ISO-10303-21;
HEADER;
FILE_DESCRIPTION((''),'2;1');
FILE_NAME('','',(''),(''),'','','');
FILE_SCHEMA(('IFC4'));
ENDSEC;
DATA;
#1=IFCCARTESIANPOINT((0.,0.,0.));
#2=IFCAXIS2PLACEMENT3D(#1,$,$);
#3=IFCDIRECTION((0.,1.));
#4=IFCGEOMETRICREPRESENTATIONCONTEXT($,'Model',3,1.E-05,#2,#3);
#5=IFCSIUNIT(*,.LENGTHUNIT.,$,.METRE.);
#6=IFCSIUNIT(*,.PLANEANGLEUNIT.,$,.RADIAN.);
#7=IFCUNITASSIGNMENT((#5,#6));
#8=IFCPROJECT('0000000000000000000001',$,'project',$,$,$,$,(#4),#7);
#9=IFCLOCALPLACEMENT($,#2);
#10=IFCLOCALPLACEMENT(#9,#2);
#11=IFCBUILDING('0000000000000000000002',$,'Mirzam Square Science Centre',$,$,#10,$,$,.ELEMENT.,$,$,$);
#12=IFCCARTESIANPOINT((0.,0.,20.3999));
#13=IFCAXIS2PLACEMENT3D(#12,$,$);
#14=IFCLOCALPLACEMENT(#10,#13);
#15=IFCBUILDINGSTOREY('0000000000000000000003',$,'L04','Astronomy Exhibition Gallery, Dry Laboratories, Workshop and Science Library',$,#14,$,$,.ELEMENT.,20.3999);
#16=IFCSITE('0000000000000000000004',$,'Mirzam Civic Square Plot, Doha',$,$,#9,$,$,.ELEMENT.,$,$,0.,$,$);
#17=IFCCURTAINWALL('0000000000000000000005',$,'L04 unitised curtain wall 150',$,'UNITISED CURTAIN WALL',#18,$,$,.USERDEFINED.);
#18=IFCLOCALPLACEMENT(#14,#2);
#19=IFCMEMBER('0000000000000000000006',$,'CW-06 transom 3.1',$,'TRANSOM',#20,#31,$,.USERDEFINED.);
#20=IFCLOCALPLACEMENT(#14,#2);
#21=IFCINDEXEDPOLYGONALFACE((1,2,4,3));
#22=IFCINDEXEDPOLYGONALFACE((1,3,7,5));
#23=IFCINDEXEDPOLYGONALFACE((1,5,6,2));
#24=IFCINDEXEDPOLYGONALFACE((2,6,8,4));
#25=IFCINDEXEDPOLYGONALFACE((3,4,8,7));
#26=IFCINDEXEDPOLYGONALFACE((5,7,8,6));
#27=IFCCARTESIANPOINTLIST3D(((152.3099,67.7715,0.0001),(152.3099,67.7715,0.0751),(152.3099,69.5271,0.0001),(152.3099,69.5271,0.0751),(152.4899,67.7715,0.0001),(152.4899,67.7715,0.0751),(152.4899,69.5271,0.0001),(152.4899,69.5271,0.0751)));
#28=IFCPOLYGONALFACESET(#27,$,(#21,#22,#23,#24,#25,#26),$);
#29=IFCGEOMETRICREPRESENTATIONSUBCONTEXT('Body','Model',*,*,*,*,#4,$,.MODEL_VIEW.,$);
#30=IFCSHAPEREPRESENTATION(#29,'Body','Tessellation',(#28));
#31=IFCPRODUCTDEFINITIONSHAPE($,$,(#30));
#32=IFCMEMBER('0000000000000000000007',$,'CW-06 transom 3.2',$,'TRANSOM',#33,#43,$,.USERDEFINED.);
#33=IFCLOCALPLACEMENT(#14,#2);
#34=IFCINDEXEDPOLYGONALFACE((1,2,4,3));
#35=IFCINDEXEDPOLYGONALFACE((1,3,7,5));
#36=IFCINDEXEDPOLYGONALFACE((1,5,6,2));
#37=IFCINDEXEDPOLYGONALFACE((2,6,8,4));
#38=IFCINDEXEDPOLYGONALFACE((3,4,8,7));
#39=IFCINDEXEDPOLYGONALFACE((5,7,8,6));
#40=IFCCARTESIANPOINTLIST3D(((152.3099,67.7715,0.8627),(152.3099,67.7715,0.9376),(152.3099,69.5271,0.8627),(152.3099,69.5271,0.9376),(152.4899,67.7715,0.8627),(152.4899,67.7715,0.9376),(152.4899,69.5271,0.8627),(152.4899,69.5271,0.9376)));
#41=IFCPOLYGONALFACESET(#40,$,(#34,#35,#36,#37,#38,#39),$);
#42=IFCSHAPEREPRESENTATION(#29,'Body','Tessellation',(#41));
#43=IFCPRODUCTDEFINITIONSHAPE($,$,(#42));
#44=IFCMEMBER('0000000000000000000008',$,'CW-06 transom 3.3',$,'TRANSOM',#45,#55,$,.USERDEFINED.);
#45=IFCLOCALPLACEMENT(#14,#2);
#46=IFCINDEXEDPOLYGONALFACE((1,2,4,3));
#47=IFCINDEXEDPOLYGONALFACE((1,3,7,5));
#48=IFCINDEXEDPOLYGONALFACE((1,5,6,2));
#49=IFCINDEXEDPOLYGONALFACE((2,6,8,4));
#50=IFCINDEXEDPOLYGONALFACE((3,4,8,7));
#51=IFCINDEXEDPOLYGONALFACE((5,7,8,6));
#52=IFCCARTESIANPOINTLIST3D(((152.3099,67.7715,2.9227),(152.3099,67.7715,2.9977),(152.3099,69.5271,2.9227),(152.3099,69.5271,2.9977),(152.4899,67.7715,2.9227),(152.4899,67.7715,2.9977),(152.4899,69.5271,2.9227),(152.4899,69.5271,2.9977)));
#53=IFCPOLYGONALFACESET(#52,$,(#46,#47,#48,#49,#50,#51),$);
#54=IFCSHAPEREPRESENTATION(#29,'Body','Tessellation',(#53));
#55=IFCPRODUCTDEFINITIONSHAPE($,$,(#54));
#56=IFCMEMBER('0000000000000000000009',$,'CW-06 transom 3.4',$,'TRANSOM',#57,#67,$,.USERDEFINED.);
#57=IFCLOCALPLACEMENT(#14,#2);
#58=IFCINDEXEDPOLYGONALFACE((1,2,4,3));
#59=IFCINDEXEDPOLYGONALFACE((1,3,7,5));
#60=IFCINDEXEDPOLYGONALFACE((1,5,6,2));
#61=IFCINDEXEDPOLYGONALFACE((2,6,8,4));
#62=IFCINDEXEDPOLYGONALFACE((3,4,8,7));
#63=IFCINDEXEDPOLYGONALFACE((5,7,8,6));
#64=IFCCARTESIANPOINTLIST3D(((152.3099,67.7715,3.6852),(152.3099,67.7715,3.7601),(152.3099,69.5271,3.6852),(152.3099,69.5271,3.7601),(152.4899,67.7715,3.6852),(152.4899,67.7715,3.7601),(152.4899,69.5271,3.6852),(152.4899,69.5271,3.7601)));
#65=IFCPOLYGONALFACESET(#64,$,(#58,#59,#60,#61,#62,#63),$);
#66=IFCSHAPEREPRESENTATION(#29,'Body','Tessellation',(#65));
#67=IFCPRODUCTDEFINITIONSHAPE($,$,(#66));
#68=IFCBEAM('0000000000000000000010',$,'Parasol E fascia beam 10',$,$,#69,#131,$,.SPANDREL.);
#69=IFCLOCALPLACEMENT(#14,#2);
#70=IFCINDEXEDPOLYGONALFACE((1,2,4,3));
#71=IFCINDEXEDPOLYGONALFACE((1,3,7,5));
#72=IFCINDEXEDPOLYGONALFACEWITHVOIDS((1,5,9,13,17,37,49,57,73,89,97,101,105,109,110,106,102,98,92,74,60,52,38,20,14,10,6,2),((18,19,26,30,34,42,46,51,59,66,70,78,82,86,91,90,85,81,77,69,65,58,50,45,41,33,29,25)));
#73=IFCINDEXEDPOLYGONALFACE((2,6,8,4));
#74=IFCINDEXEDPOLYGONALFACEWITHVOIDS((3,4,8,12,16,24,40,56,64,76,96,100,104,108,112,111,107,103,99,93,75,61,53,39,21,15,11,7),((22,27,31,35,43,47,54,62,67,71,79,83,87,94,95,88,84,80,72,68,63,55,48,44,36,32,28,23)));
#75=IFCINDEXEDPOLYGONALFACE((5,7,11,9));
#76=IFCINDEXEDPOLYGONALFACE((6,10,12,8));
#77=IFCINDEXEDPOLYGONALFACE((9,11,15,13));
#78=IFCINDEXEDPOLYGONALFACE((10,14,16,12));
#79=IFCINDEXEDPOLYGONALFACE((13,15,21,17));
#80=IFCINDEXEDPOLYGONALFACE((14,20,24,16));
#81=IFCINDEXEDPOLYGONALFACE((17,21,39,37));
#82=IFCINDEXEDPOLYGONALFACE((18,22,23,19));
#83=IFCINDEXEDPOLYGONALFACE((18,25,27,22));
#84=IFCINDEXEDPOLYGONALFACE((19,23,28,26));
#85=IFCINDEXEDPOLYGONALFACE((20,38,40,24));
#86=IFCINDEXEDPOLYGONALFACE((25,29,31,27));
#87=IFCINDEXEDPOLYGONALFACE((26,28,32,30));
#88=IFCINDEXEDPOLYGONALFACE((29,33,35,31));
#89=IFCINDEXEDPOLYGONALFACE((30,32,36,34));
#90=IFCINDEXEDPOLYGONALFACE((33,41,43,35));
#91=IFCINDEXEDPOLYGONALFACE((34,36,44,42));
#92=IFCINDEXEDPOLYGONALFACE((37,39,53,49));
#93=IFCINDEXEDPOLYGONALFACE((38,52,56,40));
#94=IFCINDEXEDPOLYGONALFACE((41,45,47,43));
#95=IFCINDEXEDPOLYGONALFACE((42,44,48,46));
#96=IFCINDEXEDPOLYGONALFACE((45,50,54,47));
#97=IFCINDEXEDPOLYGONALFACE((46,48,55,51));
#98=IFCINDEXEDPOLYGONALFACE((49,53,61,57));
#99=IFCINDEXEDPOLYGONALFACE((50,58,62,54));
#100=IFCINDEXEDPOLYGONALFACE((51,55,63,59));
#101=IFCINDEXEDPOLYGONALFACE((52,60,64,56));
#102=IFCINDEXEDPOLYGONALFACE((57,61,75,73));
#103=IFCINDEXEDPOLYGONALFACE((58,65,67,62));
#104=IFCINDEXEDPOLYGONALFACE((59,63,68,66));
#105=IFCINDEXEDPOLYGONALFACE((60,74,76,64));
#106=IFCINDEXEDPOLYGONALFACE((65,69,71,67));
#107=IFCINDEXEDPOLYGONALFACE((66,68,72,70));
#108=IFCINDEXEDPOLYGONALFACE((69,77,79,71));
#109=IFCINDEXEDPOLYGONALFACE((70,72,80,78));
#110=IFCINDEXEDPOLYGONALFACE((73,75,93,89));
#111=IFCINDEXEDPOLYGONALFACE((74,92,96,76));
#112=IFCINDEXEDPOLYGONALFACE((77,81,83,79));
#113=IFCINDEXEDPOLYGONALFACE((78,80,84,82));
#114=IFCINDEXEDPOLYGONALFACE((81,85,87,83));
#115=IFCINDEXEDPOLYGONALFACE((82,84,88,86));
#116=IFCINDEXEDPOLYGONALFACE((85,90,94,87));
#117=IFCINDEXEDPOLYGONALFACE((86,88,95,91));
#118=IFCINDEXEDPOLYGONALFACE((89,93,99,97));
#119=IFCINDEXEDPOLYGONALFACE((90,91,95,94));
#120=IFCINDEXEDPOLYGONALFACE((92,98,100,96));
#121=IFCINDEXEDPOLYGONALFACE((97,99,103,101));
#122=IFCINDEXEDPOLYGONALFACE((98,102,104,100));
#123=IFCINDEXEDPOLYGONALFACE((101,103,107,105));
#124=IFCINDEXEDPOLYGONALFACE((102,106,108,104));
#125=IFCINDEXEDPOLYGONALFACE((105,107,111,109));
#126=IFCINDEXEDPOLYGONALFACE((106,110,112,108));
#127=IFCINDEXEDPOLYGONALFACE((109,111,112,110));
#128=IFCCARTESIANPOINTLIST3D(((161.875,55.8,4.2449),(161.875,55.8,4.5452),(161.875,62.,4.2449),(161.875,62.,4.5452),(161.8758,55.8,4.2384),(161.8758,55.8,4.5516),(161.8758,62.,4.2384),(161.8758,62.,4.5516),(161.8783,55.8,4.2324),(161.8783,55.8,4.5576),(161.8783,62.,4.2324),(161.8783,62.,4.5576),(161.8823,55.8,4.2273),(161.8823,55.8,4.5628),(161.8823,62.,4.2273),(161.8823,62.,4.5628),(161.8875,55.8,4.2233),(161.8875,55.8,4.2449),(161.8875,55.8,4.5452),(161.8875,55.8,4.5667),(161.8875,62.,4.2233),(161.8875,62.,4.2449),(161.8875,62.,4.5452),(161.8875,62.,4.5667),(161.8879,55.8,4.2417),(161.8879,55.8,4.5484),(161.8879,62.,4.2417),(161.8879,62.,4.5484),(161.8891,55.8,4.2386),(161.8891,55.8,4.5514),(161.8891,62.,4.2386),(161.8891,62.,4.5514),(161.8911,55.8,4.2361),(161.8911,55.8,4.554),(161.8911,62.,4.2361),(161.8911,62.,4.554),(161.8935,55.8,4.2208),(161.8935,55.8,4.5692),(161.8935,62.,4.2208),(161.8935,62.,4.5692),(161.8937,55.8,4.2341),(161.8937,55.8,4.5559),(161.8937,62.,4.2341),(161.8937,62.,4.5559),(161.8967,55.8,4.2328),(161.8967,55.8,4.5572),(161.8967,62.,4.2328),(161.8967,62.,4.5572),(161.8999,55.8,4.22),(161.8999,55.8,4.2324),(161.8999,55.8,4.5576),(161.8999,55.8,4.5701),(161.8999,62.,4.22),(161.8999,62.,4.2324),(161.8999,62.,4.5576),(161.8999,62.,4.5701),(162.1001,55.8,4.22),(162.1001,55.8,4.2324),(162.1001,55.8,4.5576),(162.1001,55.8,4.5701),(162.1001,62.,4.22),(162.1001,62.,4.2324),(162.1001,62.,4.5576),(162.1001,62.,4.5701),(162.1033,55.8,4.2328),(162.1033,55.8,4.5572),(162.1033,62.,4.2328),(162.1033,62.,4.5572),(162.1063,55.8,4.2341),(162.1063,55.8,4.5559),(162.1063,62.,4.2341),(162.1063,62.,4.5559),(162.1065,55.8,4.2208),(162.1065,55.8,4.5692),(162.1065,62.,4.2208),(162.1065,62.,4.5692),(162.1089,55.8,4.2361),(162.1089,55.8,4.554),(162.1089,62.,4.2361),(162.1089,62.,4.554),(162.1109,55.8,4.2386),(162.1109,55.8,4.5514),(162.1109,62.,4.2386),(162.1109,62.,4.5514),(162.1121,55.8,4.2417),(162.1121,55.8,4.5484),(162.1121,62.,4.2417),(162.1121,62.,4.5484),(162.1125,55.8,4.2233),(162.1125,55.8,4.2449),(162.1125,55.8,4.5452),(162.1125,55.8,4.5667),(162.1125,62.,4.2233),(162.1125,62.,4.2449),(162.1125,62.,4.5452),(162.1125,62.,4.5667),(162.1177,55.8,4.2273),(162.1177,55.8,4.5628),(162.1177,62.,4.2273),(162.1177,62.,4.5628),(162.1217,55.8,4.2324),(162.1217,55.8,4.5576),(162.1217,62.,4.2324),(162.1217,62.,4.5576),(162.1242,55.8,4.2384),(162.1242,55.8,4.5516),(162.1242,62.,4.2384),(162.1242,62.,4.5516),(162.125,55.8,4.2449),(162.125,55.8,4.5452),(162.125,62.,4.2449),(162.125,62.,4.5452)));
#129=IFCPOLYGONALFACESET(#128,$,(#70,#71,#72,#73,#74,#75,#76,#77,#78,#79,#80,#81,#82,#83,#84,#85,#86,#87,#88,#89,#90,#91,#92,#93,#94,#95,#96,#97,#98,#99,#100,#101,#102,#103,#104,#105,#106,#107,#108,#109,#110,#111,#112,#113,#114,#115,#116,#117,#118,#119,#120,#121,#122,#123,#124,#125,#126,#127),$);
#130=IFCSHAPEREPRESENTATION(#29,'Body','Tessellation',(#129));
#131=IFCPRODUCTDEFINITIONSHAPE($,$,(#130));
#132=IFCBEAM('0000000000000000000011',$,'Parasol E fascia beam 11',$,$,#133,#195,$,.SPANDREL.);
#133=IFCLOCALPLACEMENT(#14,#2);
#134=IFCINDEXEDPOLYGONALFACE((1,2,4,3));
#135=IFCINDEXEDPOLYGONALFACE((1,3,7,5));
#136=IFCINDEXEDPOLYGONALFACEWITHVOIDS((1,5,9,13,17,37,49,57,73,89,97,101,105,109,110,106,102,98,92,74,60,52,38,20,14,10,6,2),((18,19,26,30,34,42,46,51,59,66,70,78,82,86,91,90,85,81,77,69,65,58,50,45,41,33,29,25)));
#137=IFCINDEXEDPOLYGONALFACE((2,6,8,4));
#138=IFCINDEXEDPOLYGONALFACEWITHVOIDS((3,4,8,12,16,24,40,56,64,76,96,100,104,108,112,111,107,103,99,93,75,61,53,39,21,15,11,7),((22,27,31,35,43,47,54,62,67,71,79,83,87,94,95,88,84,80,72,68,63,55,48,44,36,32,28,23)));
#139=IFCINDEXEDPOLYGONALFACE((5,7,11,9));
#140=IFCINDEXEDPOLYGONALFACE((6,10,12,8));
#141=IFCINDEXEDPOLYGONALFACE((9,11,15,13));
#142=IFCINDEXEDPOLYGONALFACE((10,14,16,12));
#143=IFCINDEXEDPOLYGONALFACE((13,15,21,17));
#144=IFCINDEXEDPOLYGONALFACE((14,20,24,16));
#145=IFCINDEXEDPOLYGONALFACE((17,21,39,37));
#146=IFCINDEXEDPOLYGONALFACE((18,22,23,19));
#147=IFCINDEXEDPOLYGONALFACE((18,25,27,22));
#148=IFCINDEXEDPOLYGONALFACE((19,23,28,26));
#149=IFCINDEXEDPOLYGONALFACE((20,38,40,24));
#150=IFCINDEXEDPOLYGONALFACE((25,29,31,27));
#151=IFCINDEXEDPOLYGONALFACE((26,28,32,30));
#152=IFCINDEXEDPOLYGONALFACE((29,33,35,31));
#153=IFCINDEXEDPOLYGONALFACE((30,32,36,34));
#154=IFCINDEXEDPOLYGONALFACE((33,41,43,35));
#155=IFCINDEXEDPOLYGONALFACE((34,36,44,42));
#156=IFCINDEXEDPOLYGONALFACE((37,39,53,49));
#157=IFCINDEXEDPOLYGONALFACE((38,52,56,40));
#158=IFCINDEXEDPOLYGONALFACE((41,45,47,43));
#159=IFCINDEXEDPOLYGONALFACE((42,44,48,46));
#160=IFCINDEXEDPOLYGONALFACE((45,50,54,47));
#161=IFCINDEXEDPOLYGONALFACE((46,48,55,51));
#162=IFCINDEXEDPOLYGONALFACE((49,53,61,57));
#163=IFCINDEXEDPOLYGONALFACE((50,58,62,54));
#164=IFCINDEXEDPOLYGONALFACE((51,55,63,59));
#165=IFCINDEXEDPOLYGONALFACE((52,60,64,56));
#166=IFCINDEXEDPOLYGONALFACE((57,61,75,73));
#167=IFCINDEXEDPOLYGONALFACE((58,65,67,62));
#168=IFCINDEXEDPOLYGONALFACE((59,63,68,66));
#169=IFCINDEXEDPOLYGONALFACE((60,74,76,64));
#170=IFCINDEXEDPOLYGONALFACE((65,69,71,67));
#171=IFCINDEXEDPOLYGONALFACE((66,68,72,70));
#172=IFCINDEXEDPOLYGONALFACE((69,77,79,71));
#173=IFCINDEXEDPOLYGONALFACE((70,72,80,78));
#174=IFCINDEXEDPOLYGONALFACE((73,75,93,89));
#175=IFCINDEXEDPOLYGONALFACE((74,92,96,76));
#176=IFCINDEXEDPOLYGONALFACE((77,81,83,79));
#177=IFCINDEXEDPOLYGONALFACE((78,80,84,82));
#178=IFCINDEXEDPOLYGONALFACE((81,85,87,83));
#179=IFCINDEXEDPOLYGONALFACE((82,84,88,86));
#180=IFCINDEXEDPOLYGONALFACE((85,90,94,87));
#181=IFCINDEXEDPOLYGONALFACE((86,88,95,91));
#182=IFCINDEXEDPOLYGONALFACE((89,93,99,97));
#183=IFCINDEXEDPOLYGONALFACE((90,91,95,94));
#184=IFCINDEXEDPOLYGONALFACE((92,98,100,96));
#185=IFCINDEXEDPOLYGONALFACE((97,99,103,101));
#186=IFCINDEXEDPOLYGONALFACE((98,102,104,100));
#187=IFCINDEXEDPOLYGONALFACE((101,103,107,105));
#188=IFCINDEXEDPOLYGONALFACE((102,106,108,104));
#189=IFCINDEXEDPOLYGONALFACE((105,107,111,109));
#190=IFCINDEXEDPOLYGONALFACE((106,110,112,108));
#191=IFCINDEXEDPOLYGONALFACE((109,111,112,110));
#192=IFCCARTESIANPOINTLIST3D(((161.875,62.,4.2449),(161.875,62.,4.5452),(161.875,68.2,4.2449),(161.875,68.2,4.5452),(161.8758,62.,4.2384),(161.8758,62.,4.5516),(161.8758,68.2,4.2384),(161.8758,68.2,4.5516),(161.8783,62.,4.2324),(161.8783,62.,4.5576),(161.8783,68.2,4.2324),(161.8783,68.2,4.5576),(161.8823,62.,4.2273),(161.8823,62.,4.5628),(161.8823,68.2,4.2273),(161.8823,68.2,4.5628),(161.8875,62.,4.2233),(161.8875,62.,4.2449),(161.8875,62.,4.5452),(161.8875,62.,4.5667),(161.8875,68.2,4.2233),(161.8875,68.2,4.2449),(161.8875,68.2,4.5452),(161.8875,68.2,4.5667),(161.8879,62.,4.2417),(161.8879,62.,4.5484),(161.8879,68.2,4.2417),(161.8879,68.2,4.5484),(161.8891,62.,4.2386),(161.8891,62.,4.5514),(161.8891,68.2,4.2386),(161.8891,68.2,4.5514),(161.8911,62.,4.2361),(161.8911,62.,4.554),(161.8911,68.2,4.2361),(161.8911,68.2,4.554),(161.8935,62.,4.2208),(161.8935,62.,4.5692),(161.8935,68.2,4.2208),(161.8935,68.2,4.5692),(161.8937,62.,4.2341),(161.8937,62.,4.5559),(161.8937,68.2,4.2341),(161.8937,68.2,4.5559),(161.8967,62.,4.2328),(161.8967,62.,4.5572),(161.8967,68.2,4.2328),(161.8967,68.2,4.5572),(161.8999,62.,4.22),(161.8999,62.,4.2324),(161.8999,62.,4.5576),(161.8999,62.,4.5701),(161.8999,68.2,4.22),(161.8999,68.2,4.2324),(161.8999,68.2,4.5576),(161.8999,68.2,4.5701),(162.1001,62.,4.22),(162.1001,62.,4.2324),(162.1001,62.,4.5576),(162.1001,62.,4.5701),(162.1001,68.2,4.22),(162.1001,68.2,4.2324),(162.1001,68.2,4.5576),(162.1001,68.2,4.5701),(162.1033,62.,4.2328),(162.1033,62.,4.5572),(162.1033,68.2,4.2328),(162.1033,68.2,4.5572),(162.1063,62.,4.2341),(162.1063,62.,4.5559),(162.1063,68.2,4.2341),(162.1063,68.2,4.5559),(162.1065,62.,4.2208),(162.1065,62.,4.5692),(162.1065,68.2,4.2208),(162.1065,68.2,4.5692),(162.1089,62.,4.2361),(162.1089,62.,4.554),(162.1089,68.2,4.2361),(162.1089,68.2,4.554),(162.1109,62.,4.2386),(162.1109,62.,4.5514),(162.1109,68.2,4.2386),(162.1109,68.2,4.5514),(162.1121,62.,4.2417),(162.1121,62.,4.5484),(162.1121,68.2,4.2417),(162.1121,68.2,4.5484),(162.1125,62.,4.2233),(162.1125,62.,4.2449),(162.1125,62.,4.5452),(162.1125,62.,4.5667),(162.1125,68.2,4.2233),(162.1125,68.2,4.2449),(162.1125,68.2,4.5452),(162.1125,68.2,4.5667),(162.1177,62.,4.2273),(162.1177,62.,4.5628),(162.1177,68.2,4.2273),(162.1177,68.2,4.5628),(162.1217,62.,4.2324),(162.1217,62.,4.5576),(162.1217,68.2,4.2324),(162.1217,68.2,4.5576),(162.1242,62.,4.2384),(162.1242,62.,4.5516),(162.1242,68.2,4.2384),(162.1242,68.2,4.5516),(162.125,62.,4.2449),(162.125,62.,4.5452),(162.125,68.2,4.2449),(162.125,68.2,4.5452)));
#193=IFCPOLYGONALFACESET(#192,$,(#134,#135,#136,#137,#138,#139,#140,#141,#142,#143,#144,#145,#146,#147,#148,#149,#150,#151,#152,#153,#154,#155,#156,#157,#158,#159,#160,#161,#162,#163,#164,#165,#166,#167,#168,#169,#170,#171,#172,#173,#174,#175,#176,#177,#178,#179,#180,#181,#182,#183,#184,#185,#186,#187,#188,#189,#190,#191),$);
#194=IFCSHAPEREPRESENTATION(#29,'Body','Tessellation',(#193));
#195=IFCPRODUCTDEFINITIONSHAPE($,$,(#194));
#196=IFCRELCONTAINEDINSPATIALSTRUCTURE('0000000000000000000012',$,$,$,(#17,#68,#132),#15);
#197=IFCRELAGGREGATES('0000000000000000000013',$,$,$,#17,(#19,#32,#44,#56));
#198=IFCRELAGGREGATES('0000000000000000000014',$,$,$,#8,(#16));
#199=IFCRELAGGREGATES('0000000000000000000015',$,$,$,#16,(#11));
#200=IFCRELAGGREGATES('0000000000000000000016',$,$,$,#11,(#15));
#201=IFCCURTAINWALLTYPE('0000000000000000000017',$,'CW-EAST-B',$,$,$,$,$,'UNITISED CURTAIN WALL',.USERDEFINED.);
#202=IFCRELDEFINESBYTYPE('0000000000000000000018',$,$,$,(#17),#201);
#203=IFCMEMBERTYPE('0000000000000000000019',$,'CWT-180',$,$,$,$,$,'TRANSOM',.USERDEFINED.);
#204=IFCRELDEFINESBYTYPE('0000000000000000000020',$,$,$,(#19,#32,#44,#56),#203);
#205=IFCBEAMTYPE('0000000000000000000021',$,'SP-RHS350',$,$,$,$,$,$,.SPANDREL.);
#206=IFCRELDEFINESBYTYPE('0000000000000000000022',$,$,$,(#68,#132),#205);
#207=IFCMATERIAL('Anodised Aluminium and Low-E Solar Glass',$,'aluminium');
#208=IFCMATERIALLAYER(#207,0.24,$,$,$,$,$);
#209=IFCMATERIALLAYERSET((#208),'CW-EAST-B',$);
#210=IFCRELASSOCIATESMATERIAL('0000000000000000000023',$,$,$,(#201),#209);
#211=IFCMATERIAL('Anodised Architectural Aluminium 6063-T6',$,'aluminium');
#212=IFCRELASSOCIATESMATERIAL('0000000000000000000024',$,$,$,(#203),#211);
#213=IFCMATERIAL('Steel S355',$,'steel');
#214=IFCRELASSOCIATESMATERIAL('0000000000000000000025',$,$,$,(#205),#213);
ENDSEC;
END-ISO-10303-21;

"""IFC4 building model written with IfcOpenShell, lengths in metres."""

from ifc_helpers import new_model, si_unit, direction, frame, origin, origin_2d, place, context, subcontext, project, spatial, rectangle, hollow_rectangle, extrude, material, layer, layer_set, material_profile, profile_set, type_object, element, aggregate, save


model = new_model("IFC4")

# Units and contexts
model_context = context("Model", 3, precision=1e-05, world=origin(), true_north=direction((0.0, 1.0)))
body_context = subcontext(model_context, "Body", "Model", "MODEL_VIEW")
ifc_project = project(units=[si_unit("LENGTHUNIT", "METRE"), si_unit("PLANEANGLEUNIT", "RADIAN")], contexts=[model_context])

# Site, building, storey
site_placement = place(None, origin())
site = spatial("IfcSite", under=ifc_project, at=site_placement, Name="Mirzam Civic Square Plot, Doha", CompositionType="ELEMENT", RefElevation=0.0)
building_placement = place(site_placement, origin())
building = spatial("IfcBuilding", under=site, at=building_placement, Name="Mirzam Square Science Centre", CompositionType="ELEMENT")
storey_placement = place(building_placement, frame((0.0, 0.0, 20.3999)))
storey = spatial("IfcBuildingStorey", under=building, at=storey_placement, Name="L04", Description="Astronomy Exhibition Gallery, Dry Laboratories, Workshop and Science Library", CompositionType="ELEMENT", Elevation=20.3999)

# Shared definitions
ifc_material_1 = material(Name="Steel S355", Category="steel")

# Curtain wall, members
ifc_material_2 = material(Name="Anodised Aluminium and Low-E Solar Glass", Category="aluminium")
ifc_layer_1 = layer(ifc_material_2, 0.24)
ifc_layer_set_1 = layer_set([ifc_layer_1], Name="CW-EAST-B")
curtain_wall_type = type_object("IfcCurtainWallType", Name="CW-EAST-B", ElementType="UNITISED CURTAIN WALL", PredefinedType="USERDEFINED", material=ifc_layer_set_1)
curtain_wall_placement = place(storey_placement, origin())
curtain_wall = element("IfcCurtainWall", 1, at=curtain_wall_placement, inside=storey, type_object=curtain_wall_type, Name="L04 unitised curtain wall 150", ObjectType="UNITISED CURTAIN WALL", PredefinedType="USERDEFINED")
ifc_material_3 = material(Name="Anodised Architectural Aluminium 6063-T6", Category="aluminium")
ifc_material_profile_1 = material_profile(ifc_material_3, rectangle(XDim=0.1799, YDim=0.075, at=origin_2d()), Name="ALU-TRAN-180x75x5")
ifc_profile_set_1 = profile_set([ifc_material_profile_1], Name="Anodised Architectural Aluminium 6063-T6")
member_type_1 = type_object("IfcMemberType", Name="CWT-180", ElementType="TRANSOM", PredefinedType="USERDEFINED", material=ifc_profile_set_1)
member_1_placement = place(storey_placement, frame((152.3999, 67.7715, 0.0376), z_axis=(0.0, 1.0, 0.0), x_axis=(-1.0, 0.0, 0.0)))
member_1 = element("IfcMember", 2, at=member_1_placement, type_object=member_type_1, Name="CW-06 transom 3.1", ObjectType="TRANSOM", PredefinedType="USERDEFINED", context=body_context, shape_type="SweptSolid", body=[
    extrude(rectangle(XDim=0.1799, YDim=0.075, at=origin_2d()), origin(), (0.0, 0.0, 1.0), 1.7556),
])
member_2_placement = place(storey_placement, frame((152.3999, 67.7715, 0.9001), z_axis=(0.0, 1.0, 0.0), x_axis=(-1.0, 0.0, 0.0)))
member_2 = element("IfcMember", 3, at=member_2_placement, type_object=member_type_1, Name="CW-06 transom 3.2", ObjectType="TRANSOM", PredefinedType="USERDEFINED", context=body_context, shape_type="SweptSolid", body=[
    extrude(rectangle(XDim=0.1799, YDim=0.075, at=origin_2d()), origin(), (0.0, 0.0, 1.0), 1.7556),
])
member_3_placement = place(storey_placement, frame((152.3999, 67.7715, 2.9602), z_axis=(0.0, 1.0, 0.0), x_axis=(-1.0, 0.0, 0.0)))
member_3 = element("IfcMember", 4, at=member_3_placement, type_object=member_type_1, Name="CW-06 transom 3.3", ObjectType="TRANSOM", PredefinedType="USERDEFINED", context=body_context, shape_type="SweptSolid", body=[
    extrude(rectangle(XDim=0.1799, YDim=0.075, at=origin_2d()), origin(), (0.0, 0.0, 1.0), 1.7556),
])
member_4_placement = place(storey_placement, frame((152.3999, 67.7715, 3.7227), z_axis=(0.0, 1.0, 0.0), x_axis=(-1.0, 0.0, 0.0)))
member_4 = element("IfcMember", 5, at=member_4_placement, type_object=member_type_1, Name="CW-06 transom 3.4", ObjectType="TRANSOM", PredefinedType="USERDEFINED", context=body_context, shape_type="SweptSolid", body=[
    extrude(rectangle(XDim=0.1799, YDim=0.075, at=origin_2d()), origin(), (0.0, 0.0, 1.0), 1.7556),
])

# Beams
ifc_material_profile_2 = material_profile(ifc_material_1, hollow_rectangle(XDim=0.25, YDim=0.3501, WallThickness=0.0125, InnerFilletRadius=0.0125, OuterFilletRadius=0.0249, at=origin_2d()), Name="350x250x12.5RHS")
ifc_profile_set_2 = profile_set([ifc_material_profile_2], Name="Steel S355")
beam_type = type_object("IfcBeamType", Name="SP-RHS350", PredefinedType="SPANDREL", material=ifc_profile_set_2)
for number, where, z_axis, x_axis, name in (
    (6, (162.0, 55.8, 4.395), (0.0, 1.0, 0.0), (-1.0, 0.0, 0.0), "Parasol E fascia beam 10"),
    (7, (162.0, 62.0, 4.395), (0.0, 1.0, 0.0), (-1.0, 0.0, 0.0), "Parasol E fascia beam 11"),
):
    element("IfcBeam", number, at=place(storey_placement, frame(where, z_axis=z_axis, x_axis=x_axis)), inside=storey, type_object=beam_type, Name=name, PredefinedType="SPANDREL", context=body_context, shape_type="SweptSolid", body=[
        extrude(hollow_rectangle(XDim=0.25, YDim=0.3501, WallThickness=0.0125, InnerFilletRadius=0.0125, OuterFilletRadius=0.0249, at=origin_2d()), origin(), (0.0, 0.0, 1.0), 6.2),
    ])

aggregate(curtain_wall, [member_1, member_2, member_3, member_4])

save(model, "model.ifc")
